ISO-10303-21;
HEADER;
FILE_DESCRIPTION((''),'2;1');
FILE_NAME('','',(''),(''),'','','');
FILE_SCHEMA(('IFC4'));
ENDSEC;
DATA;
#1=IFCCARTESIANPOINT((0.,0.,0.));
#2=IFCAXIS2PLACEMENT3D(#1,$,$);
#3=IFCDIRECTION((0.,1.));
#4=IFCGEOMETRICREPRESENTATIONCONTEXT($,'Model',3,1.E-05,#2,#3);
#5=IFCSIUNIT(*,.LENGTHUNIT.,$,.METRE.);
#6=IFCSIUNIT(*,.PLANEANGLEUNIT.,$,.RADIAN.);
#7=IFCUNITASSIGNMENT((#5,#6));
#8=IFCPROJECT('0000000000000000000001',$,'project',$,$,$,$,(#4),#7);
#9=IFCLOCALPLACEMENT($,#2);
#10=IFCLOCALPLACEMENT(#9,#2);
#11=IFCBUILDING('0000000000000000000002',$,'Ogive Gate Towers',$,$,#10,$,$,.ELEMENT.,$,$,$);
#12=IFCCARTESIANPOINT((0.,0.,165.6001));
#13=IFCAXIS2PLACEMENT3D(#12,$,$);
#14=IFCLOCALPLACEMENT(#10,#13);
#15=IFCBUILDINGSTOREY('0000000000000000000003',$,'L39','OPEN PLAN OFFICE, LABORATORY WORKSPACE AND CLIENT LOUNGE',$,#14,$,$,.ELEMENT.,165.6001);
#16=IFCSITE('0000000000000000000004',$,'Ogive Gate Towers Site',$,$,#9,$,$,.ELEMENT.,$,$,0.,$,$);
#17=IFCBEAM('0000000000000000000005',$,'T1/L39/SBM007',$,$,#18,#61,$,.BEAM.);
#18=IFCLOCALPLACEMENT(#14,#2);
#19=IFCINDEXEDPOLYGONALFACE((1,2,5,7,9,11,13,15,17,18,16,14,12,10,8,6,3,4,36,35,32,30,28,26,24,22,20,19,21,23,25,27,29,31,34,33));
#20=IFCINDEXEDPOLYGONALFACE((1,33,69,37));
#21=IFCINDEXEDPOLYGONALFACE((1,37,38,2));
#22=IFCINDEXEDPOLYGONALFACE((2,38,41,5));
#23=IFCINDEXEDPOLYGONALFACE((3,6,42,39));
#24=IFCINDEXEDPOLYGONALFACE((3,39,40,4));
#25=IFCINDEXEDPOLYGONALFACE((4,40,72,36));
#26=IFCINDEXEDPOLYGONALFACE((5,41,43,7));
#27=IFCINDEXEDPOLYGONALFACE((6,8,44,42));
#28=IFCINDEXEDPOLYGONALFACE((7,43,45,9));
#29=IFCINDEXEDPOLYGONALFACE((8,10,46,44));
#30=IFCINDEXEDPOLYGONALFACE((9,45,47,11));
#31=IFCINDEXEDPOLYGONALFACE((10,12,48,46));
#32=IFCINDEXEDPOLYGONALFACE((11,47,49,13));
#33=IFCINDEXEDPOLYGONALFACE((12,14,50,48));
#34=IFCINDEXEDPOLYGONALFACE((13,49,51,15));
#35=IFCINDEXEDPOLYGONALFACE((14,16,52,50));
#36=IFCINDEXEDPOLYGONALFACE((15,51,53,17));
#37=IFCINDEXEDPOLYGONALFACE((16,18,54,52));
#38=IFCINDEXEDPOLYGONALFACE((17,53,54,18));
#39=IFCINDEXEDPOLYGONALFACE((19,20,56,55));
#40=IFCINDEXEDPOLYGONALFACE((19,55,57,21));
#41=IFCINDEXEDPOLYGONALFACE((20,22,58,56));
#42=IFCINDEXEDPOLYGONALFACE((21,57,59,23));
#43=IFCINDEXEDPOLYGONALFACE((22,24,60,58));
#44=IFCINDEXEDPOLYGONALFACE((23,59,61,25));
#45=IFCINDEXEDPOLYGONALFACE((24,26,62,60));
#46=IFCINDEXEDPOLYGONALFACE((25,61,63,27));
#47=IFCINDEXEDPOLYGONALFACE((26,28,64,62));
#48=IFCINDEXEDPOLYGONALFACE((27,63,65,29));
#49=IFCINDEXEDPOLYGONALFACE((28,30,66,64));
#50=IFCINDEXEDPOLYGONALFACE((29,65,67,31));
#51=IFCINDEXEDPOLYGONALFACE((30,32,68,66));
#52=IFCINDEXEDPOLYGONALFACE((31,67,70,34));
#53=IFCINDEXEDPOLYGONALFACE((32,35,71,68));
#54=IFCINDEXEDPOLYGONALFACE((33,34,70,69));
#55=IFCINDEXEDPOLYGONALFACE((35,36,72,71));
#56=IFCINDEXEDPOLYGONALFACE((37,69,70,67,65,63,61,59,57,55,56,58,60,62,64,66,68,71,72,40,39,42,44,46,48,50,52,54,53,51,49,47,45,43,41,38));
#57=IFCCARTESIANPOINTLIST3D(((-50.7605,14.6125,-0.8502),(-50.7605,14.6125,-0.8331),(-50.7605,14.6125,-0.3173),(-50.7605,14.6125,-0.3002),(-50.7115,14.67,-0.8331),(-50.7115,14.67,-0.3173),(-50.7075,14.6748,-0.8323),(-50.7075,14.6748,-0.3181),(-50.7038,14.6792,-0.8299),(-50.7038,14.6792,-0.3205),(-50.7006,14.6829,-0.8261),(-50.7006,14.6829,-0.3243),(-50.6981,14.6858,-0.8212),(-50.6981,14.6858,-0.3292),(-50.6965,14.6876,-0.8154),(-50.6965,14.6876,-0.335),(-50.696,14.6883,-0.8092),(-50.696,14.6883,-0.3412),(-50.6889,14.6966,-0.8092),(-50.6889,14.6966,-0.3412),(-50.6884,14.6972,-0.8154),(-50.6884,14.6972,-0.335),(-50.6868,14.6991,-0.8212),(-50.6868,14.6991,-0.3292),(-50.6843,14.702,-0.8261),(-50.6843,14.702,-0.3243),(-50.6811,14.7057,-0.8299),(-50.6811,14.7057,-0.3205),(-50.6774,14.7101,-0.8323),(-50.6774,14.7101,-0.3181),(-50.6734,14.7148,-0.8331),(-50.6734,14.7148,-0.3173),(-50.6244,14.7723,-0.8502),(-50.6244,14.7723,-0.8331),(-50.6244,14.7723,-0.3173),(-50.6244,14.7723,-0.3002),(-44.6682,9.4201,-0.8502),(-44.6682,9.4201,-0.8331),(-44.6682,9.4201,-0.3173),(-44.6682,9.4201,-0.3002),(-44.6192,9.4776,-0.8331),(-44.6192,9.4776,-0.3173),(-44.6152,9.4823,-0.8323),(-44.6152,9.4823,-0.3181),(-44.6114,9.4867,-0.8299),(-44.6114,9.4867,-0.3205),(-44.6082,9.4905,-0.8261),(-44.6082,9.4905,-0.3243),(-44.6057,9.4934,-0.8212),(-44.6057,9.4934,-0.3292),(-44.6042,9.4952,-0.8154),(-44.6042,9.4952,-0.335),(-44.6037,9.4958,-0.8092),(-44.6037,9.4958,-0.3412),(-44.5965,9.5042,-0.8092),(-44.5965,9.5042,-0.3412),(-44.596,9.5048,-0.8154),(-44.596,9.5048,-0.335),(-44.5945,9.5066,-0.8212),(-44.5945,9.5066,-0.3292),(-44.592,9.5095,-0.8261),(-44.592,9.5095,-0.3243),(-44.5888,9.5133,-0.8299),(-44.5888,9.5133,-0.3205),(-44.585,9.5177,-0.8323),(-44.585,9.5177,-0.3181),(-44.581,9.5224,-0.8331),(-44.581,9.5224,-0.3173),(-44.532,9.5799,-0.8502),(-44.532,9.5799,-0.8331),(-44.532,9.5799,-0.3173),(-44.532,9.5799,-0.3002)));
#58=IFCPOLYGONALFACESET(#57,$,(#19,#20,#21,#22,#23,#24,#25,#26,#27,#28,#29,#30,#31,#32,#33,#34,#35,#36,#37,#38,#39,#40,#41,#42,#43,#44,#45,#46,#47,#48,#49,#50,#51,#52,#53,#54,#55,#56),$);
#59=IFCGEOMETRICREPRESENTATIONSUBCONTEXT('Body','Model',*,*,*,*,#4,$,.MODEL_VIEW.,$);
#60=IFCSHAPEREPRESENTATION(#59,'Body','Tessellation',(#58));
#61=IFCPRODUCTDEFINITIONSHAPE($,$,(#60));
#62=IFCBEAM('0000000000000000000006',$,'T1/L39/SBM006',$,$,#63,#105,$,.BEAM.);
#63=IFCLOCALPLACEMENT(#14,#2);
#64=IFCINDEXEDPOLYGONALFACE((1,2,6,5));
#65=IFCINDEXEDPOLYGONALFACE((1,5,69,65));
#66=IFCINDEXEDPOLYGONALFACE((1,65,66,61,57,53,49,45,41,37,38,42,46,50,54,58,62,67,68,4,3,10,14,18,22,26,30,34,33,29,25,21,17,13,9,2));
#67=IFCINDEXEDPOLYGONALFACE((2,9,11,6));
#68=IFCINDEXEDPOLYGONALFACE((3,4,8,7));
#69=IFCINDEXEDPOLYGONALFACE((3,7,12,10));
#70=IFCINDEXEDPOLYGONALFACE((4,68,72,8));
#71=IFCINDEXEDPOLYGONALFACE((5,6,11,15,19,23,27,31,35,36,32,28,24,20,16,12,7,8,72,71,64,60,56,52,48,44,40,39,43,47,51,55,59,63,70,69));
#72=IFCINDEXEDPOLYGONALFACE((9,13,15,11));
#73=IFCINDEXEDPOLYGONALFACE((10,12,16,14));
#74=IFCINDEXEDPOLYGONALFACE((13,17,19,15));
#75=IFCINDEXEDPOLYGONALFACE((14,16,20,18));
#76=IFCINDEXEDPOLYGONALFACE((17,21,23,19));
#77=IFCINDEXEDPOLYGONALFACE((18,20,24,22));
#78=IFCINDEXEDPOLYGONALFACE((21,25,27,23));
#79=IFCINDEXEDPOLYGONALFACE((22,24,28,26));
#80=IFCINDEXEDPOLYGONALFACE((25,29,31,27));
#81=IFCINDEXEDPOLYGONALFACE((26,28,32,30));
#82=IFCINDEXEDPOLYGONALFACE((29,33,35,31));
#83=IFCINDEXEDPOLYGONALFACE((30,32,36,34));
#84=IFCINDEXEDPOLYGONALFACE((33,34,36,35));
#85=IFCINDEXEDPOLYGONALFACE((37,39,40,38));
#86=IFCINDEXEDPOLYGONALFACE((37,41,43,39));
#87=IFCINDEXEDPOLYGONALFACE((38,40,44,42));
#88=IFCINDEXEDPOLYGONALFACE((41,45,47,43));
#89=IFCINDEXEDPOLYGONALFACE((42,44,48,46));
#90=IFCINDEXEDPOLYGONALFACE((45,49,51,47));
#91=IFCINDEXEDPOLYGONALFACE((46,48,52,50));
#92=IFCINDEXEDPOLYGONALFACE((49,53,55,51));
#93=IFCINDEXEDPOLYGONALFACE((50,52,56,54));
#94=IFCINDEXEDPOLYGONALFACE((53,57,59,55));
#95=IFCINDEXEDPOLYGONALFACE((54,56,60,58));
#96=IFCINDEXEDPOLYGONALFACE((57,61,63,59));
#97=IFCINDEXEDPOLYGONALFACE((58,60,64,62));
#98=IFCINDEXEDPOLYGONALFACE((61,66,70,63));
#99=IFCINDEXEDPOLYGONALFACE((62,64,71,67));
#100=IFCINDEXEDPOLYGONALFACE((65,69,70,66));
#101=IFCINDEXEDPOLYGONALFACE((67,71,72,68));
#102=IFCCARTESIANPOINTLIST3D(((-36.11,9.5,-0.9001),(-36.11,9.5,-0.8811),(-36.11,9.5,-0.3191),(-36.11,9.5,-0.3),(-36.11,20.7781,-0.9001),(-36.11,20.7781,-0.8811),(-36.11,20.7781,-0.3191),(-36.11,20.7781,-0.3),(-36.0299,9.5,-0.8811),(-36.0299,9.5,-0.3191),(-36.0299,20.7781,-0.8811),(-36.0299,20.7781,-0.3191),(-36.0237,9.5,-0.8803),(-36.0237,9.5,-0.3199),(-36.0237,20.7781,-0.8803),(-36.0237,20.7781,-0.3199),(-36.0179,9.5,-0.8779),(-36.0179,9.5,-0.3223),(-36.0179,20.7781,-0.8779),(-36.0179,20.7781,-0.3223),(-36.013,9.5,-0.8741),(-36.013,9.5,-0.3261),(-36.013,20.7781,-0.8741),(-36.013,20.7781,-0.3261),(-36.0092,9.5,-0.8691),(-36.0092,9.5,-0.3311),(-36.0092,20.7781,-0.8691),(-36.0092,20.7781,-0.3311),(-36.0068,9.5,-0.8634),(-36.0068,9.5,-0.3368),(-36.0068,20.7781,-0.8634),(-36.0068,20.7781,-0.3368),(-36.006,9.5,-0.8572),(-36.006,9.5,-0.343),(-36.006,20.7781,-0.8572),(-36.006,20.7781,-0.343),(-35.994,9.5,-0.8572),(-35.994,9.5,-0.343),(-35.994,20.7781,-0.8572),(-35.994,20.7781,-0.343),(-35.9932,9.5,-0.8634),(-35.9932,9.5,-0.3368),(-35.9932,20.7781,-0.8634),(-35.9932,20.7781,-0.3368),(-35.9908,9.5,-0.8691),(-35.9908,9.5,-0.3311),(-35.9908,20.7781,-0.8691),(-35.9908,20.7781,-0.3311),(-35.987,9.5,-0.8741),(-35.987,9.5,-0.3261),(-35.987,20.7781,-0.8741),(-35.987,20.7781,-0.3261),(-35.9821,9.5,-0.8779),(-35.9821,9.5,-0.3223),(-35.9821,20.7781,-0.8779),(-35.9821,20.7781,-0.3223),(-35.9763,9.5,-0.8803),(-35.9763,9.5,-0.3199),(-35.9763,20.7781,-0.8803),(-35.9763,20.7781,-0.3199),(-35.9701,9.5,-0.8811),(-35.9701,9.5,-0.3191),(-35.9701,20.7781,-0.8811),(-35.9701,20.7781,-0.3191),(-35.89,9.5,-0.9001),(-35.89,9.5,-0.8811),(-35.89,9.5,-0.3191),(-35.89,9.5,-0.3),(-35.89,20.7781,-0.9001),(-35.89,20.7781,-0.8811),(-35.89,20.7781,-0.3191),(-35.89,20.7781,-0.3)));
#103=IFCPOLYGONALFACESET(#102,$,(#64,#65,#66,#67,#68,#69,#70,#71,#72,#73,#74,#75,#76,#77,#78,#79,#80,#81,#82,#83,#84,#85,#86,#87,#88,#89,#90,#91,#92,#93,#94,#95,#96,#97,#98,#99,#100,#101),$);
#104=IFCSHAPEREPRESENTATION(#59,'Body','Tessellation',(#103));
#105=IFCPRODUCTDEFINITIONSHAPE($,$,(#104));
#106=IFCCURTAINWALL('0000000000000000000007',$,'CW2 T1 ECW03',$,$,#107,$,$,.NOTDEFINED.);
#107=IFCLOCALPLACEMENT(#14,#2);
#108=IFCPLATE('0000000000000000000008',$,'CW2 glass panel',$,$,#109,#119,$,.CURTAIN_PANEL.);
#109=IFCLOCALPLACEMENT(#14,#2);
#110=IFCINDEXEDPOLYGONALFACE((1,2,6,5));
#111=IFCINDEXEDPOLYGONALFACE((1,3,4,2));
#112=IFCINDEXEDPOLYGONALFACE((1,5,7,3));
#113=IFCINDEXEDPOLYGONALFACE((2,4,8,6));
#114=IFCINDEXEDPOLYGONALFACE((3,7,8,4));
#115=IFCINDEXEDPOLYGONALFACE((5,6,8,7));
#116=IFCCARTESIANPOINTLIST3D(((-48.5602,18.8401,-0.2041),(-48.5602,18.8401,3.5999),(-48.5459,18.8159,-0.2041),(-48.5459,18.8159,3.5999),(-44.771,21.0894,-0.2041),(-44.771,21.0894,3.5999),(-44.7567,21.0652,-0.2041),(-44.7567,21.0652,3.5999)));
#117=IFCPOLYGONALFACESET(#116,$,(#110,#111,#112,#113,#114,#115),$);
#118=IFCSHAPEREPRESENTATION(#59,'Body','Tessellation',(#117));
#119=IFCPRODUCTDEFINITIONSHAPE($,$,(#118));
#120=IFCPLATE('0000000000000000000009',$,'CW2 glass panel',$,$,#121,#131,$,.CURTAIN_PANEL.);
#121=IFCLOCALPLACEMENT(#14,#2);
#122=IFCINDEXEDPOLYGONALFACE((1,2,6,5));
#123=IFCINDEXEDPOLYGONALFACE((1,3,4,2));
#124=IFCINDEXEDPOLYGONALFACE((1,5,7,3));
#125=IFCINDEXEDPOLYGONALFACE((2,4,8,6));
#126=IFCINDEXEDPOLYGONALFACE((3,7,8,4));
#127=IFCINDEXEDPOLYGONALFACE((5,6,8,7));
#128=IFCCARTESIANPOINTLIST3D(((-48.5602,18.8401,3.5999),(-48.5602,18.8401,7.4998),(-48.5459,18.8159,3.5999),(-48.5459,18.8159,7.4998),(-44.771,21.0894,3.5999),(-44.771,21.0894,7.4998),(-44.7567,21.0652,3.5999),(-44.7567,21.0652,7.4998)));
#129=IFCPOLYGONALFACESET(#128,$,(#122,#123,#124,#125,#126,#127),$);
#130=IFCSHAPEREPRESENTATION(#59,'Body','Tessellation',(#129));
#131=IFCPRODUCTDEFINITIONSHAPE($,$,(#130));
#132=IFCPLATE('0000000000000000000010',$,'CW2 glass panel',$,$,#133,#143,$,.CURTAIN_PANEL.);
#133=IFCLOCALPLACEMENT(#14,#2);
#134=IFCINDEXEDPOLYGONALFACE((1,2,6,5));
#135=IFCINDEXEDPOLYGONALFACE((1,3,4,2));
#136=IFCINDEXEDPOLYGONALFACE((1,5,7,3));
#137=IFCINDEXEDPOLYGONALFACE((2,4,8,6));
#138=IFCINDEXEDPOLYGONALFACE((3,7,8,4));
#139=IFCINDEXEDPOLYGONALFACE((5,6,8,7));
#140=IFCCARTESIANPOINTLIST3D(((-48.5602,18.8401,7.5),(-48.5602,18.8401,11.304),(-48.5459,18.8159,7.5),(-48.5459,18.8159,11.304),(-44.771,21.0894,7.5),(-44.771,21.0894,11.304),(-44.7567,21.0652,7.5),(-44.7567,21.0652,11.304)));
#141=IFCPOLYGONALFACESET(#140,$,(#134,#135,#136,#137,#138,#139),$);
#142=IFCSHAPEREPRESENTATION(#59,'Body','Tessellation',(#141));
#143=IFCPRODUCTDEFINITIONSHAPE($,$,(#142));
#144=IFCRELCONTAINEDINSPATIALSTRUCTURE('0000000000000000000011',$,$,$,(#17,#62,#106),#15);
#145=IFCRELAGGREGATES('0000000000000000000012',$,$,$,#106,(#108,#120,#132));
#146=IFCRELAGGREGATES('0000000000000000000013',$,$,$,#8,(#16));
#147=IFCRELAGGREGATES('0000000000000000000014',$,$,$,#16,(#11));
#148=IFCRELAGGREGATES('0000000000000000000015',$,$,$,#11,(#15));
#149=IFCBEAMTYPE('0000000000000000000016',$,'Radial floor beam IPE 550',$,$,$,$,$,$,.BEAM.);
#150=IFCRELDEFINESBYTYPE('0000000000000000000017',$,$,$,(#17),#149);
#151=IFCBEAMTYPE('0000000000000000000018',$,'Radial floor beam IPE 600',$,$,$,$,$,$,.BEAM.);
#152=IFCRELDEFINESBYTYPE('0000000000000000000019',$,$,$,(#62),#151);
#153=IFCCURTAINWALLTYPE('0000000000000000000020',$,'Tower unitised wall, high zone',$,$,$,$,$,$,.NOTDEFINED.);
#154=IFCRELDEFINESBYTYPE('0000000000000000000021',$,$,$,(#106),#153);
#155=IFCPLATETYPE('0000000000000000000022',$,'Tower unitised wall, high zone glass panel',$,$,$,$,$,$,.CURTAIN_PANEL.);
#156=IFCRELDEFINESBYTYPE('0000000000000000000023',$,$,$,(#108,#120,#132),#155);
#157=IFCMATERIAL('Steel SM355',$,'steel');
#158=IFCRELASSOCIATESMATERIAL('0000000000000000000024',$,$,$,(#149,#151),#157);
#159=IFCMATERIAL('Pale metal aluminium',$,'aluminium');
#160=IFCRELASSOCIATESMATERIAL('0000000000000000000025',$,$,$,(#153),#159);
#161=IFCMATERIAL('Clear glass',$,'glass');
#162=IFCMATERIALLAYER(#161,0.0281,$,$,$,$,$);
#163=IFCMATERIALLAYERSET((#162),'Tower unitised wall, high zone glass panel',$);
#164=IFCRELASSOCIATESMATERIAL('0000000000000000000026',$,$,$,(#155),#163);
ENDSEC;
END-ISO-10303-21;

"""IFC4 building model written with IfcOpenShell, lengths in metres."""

from ifc_helpers import new_model, si_unit, direction, frame, origin, origin_2d, place, context, subcontext, project, spatial, rectangle, i_section, extrude, material, layer, layer_set, material_profile, profile_set, type_object, element, aggregate, save


model = new_model("IFC4")

# Units and contexts
model_context = context("Model", 3, precision=1e-05, world=origin(), true_north=direction((0.0, 1.0)))
body_context = subcontext(model_context, "Body", "Model", "MODEL_VIEW")
ifc_project = project(units=[si_unit("LENGTHUNIT", "METRE"), si_unit("PLANEANGLEUNIT", "RADIAN")], contexts=[model_context])

# Site, building, storey
site_placement = place(None, origin())
site = spatial("IfcSite", under=ifc_project, at=site_placement, Name="Ogive Gate Towers Site", CompositionType="ELEMENT", RefElevation=0.0)
building_placement = place(site_placement, origin())
building = spatial("IfcBuilding", under=site, at=building_placement, Name="Ogive Gate Towers", CompositionType="ELEMENT")
storey_placement = place(building_placement, frame((0.0, 0.0, 165.6001)))
storey = spatial("IfcBuildingStorey", under=building, at=storey_placement, Name="L39", Description="OPEN PLAN OFFICE, LABORATORY WORKSPACE AND CLIENT LOUNGE", CompositionType="ELEMENT", Elevation=165.6001)

# Beams
ifc_material_1 = material(Name="Steel SM355", Category="steel")
ifc_material_profile_1 = material_profile(ifc_material_1, i_section(OverallWidth=0.21, OverallDepth=0.55, WebThickness=0.011, FlangeThickness=0.0171, FilletRadius=0.0239, at=origin_2d()), Name="IPE 550")
ifc_profile_set_1 = profile_set([ifc_material_profile_1], Name="Steel SM355")
beam_type_1 = type_object("IfcBeamType", Name="Radial floor beam IPE 550", PredefinedType="BEAM", material=ifc_profile_set_1)
beam_1_placement = place(storey_placement, frame((-44.6001, 9.5, -0.5752), z_axis=(-0.761079, 0.648659, 0.0), x_axis=(-0.648659, -0.761079, 0.0)))
element("IfcBeam", 1, at=beam_1_placement, inside=storey, type_object=beam_type_1, Name="T1/L39/SBM007", PredefinedType="BEAM", context=body_context, shape_type="SweptSolid", body=[
    extrude(i_section(OverallWidth=0.21, OverallDepth=0.55, WebThickness=0.011, FlangeThickness=0.0171, FilletRadius=0.0239, at=origin_2d()), origin(), (0.0, 0.0, 1.0), 8.0049),
])
ifc_material_profile_2 = material_profile(ifc_material_1, i_section(OverallWidth=0.22, OverallDepth=0.6001, WebThickness=0.012, FlangeThickness=0.019, FilletRadius=0.0239, at=origin_2d()), Name="IPE 600")
ifc_profile_set_2 = profile_set([ifc_material_profile_2], Name="Steel SM355")
beam_type_2 = type_object("IfcBeamType", Name="Radial floor beam IPE 600", PredefinedType="BEAM", material=ifc_profile_set_2)
beam_2_placement = place(storey_placement, frame((-36.0, 9.5, -0.6001), z_axis=(0.0, 1.0, 0.0), x_axis=(-1.0, 0.0, 0.0)))
element("IfcBeam", 2, at=beam_2_placement, inside=storey, type_object=beam_type_2, Name="T1/L39/SBM006", PredefinedType="BEAM", context=body_context, shape_type="SweptSolid", body=[
    extrude(i_section(OverallWidth=0.22, OverallDepth=0.6001, WebThickness=0.012, FlangeThickness=0.019, FilletRadius=0.0239, at=origin_2d()), origin(), (0.0, 0.0, 1.0), 11.2781),
])

# Curtain wall, plates
ifc_material_2 = material(Name="Pale metal aluminium", Category="aluminium")
curtain_wall_type = type_object("IfcCurtainWallType", Name="Tower unitised wall, high zone", PredefinedType="NOTDEFINED", material=ifc_material_2)
curtain_wall_placement = place(storey_placement, origin())
curtain_wall = element("IfcCurtainWall", 3, at=curtain_wall_placement, inside=storey, type_object=curtain_wall_type, Name="CW2 T1 ECW03", PredefinedType="NOTDEFINED")
ifc_material_3 = material(Name="Clear glass", Category="glass")
ifc_layer_1 = layer(ifc_material_3, 0.0281)
ifc_layer_set_1 = layer_set([ifc_layer_1], Name="Tower unitised wall, high zone glass panel")
plate_type = type_object("IfcPlateType", Name="Tower unitised wall, high zone glass panel", PredefinedType="CURTAIN_PANEL", material=ifc_layer_set_1)
plate_1_placement = place(storey_placement, frame((-46.6584, 19.9526, -0.2041), z_axis=(0.0, 0.0, 1.0), x_axis=(-0.859906, -0.510453, 0.0)))
plate_1 = element("IfcPlate", 4, at=plate_1_placement, type_object=plate_type, Name="CW2 glass panel", PredefinedType="CURTAIN_PANEL", context=body_context, shape_type="SweptSolid", body=[
    extrude(rectangle(XDim=4.4065, YDim=0.0281, at=origin_2d()), origin(), (0.0, 0.0, 1.0), 3.804),
])
plate_2_placement = place(storey_placement, frame((-46.6584, 19.9526, 3.5999), z_axis=(0.0, 0.0, 1.0), x_axis=(-0.859906, -0.510453, 0.0)))
plate_2 = element("IfcPlate", 5, at=plate_2_placement, type_object=plate_type, Name="CW2 glass panel", PredefinedType="CURTAIN_PANEL", context=body_context, shape_type="SweptSolid", body=[
    extrude(rectangle(XDim=4.4065, YDim=0.0281, at=origin_2d()), origin(), (0.0, 0.0, 1.0), 3.8999),
])
plate_3_placement = place(storey_placement, frame((-46.6584, 19.9526, 7.5), z_axis=(0.0, 0.0, 1.0), x_axis=(-0.859906, -0.510453, 0.0)))
plate_3 = element("IfcPlate", 6, at=plate_3_placement, type_object=plate_type, Name="CW2 glass panel", PredefinedType="CURTAIN_PANEL", context=body_context, shape_type="SweptSolid", body=[
    extrude(rectangle(XDim=4.4065, YDim=0.0281, at=origin_2d()), origin(), (0.0, 0.0, 1.0), 3.804),
])
aggregate(curtain_wall, [plate_1, plate_2, plate_3])

save(model, "model.ifc")
